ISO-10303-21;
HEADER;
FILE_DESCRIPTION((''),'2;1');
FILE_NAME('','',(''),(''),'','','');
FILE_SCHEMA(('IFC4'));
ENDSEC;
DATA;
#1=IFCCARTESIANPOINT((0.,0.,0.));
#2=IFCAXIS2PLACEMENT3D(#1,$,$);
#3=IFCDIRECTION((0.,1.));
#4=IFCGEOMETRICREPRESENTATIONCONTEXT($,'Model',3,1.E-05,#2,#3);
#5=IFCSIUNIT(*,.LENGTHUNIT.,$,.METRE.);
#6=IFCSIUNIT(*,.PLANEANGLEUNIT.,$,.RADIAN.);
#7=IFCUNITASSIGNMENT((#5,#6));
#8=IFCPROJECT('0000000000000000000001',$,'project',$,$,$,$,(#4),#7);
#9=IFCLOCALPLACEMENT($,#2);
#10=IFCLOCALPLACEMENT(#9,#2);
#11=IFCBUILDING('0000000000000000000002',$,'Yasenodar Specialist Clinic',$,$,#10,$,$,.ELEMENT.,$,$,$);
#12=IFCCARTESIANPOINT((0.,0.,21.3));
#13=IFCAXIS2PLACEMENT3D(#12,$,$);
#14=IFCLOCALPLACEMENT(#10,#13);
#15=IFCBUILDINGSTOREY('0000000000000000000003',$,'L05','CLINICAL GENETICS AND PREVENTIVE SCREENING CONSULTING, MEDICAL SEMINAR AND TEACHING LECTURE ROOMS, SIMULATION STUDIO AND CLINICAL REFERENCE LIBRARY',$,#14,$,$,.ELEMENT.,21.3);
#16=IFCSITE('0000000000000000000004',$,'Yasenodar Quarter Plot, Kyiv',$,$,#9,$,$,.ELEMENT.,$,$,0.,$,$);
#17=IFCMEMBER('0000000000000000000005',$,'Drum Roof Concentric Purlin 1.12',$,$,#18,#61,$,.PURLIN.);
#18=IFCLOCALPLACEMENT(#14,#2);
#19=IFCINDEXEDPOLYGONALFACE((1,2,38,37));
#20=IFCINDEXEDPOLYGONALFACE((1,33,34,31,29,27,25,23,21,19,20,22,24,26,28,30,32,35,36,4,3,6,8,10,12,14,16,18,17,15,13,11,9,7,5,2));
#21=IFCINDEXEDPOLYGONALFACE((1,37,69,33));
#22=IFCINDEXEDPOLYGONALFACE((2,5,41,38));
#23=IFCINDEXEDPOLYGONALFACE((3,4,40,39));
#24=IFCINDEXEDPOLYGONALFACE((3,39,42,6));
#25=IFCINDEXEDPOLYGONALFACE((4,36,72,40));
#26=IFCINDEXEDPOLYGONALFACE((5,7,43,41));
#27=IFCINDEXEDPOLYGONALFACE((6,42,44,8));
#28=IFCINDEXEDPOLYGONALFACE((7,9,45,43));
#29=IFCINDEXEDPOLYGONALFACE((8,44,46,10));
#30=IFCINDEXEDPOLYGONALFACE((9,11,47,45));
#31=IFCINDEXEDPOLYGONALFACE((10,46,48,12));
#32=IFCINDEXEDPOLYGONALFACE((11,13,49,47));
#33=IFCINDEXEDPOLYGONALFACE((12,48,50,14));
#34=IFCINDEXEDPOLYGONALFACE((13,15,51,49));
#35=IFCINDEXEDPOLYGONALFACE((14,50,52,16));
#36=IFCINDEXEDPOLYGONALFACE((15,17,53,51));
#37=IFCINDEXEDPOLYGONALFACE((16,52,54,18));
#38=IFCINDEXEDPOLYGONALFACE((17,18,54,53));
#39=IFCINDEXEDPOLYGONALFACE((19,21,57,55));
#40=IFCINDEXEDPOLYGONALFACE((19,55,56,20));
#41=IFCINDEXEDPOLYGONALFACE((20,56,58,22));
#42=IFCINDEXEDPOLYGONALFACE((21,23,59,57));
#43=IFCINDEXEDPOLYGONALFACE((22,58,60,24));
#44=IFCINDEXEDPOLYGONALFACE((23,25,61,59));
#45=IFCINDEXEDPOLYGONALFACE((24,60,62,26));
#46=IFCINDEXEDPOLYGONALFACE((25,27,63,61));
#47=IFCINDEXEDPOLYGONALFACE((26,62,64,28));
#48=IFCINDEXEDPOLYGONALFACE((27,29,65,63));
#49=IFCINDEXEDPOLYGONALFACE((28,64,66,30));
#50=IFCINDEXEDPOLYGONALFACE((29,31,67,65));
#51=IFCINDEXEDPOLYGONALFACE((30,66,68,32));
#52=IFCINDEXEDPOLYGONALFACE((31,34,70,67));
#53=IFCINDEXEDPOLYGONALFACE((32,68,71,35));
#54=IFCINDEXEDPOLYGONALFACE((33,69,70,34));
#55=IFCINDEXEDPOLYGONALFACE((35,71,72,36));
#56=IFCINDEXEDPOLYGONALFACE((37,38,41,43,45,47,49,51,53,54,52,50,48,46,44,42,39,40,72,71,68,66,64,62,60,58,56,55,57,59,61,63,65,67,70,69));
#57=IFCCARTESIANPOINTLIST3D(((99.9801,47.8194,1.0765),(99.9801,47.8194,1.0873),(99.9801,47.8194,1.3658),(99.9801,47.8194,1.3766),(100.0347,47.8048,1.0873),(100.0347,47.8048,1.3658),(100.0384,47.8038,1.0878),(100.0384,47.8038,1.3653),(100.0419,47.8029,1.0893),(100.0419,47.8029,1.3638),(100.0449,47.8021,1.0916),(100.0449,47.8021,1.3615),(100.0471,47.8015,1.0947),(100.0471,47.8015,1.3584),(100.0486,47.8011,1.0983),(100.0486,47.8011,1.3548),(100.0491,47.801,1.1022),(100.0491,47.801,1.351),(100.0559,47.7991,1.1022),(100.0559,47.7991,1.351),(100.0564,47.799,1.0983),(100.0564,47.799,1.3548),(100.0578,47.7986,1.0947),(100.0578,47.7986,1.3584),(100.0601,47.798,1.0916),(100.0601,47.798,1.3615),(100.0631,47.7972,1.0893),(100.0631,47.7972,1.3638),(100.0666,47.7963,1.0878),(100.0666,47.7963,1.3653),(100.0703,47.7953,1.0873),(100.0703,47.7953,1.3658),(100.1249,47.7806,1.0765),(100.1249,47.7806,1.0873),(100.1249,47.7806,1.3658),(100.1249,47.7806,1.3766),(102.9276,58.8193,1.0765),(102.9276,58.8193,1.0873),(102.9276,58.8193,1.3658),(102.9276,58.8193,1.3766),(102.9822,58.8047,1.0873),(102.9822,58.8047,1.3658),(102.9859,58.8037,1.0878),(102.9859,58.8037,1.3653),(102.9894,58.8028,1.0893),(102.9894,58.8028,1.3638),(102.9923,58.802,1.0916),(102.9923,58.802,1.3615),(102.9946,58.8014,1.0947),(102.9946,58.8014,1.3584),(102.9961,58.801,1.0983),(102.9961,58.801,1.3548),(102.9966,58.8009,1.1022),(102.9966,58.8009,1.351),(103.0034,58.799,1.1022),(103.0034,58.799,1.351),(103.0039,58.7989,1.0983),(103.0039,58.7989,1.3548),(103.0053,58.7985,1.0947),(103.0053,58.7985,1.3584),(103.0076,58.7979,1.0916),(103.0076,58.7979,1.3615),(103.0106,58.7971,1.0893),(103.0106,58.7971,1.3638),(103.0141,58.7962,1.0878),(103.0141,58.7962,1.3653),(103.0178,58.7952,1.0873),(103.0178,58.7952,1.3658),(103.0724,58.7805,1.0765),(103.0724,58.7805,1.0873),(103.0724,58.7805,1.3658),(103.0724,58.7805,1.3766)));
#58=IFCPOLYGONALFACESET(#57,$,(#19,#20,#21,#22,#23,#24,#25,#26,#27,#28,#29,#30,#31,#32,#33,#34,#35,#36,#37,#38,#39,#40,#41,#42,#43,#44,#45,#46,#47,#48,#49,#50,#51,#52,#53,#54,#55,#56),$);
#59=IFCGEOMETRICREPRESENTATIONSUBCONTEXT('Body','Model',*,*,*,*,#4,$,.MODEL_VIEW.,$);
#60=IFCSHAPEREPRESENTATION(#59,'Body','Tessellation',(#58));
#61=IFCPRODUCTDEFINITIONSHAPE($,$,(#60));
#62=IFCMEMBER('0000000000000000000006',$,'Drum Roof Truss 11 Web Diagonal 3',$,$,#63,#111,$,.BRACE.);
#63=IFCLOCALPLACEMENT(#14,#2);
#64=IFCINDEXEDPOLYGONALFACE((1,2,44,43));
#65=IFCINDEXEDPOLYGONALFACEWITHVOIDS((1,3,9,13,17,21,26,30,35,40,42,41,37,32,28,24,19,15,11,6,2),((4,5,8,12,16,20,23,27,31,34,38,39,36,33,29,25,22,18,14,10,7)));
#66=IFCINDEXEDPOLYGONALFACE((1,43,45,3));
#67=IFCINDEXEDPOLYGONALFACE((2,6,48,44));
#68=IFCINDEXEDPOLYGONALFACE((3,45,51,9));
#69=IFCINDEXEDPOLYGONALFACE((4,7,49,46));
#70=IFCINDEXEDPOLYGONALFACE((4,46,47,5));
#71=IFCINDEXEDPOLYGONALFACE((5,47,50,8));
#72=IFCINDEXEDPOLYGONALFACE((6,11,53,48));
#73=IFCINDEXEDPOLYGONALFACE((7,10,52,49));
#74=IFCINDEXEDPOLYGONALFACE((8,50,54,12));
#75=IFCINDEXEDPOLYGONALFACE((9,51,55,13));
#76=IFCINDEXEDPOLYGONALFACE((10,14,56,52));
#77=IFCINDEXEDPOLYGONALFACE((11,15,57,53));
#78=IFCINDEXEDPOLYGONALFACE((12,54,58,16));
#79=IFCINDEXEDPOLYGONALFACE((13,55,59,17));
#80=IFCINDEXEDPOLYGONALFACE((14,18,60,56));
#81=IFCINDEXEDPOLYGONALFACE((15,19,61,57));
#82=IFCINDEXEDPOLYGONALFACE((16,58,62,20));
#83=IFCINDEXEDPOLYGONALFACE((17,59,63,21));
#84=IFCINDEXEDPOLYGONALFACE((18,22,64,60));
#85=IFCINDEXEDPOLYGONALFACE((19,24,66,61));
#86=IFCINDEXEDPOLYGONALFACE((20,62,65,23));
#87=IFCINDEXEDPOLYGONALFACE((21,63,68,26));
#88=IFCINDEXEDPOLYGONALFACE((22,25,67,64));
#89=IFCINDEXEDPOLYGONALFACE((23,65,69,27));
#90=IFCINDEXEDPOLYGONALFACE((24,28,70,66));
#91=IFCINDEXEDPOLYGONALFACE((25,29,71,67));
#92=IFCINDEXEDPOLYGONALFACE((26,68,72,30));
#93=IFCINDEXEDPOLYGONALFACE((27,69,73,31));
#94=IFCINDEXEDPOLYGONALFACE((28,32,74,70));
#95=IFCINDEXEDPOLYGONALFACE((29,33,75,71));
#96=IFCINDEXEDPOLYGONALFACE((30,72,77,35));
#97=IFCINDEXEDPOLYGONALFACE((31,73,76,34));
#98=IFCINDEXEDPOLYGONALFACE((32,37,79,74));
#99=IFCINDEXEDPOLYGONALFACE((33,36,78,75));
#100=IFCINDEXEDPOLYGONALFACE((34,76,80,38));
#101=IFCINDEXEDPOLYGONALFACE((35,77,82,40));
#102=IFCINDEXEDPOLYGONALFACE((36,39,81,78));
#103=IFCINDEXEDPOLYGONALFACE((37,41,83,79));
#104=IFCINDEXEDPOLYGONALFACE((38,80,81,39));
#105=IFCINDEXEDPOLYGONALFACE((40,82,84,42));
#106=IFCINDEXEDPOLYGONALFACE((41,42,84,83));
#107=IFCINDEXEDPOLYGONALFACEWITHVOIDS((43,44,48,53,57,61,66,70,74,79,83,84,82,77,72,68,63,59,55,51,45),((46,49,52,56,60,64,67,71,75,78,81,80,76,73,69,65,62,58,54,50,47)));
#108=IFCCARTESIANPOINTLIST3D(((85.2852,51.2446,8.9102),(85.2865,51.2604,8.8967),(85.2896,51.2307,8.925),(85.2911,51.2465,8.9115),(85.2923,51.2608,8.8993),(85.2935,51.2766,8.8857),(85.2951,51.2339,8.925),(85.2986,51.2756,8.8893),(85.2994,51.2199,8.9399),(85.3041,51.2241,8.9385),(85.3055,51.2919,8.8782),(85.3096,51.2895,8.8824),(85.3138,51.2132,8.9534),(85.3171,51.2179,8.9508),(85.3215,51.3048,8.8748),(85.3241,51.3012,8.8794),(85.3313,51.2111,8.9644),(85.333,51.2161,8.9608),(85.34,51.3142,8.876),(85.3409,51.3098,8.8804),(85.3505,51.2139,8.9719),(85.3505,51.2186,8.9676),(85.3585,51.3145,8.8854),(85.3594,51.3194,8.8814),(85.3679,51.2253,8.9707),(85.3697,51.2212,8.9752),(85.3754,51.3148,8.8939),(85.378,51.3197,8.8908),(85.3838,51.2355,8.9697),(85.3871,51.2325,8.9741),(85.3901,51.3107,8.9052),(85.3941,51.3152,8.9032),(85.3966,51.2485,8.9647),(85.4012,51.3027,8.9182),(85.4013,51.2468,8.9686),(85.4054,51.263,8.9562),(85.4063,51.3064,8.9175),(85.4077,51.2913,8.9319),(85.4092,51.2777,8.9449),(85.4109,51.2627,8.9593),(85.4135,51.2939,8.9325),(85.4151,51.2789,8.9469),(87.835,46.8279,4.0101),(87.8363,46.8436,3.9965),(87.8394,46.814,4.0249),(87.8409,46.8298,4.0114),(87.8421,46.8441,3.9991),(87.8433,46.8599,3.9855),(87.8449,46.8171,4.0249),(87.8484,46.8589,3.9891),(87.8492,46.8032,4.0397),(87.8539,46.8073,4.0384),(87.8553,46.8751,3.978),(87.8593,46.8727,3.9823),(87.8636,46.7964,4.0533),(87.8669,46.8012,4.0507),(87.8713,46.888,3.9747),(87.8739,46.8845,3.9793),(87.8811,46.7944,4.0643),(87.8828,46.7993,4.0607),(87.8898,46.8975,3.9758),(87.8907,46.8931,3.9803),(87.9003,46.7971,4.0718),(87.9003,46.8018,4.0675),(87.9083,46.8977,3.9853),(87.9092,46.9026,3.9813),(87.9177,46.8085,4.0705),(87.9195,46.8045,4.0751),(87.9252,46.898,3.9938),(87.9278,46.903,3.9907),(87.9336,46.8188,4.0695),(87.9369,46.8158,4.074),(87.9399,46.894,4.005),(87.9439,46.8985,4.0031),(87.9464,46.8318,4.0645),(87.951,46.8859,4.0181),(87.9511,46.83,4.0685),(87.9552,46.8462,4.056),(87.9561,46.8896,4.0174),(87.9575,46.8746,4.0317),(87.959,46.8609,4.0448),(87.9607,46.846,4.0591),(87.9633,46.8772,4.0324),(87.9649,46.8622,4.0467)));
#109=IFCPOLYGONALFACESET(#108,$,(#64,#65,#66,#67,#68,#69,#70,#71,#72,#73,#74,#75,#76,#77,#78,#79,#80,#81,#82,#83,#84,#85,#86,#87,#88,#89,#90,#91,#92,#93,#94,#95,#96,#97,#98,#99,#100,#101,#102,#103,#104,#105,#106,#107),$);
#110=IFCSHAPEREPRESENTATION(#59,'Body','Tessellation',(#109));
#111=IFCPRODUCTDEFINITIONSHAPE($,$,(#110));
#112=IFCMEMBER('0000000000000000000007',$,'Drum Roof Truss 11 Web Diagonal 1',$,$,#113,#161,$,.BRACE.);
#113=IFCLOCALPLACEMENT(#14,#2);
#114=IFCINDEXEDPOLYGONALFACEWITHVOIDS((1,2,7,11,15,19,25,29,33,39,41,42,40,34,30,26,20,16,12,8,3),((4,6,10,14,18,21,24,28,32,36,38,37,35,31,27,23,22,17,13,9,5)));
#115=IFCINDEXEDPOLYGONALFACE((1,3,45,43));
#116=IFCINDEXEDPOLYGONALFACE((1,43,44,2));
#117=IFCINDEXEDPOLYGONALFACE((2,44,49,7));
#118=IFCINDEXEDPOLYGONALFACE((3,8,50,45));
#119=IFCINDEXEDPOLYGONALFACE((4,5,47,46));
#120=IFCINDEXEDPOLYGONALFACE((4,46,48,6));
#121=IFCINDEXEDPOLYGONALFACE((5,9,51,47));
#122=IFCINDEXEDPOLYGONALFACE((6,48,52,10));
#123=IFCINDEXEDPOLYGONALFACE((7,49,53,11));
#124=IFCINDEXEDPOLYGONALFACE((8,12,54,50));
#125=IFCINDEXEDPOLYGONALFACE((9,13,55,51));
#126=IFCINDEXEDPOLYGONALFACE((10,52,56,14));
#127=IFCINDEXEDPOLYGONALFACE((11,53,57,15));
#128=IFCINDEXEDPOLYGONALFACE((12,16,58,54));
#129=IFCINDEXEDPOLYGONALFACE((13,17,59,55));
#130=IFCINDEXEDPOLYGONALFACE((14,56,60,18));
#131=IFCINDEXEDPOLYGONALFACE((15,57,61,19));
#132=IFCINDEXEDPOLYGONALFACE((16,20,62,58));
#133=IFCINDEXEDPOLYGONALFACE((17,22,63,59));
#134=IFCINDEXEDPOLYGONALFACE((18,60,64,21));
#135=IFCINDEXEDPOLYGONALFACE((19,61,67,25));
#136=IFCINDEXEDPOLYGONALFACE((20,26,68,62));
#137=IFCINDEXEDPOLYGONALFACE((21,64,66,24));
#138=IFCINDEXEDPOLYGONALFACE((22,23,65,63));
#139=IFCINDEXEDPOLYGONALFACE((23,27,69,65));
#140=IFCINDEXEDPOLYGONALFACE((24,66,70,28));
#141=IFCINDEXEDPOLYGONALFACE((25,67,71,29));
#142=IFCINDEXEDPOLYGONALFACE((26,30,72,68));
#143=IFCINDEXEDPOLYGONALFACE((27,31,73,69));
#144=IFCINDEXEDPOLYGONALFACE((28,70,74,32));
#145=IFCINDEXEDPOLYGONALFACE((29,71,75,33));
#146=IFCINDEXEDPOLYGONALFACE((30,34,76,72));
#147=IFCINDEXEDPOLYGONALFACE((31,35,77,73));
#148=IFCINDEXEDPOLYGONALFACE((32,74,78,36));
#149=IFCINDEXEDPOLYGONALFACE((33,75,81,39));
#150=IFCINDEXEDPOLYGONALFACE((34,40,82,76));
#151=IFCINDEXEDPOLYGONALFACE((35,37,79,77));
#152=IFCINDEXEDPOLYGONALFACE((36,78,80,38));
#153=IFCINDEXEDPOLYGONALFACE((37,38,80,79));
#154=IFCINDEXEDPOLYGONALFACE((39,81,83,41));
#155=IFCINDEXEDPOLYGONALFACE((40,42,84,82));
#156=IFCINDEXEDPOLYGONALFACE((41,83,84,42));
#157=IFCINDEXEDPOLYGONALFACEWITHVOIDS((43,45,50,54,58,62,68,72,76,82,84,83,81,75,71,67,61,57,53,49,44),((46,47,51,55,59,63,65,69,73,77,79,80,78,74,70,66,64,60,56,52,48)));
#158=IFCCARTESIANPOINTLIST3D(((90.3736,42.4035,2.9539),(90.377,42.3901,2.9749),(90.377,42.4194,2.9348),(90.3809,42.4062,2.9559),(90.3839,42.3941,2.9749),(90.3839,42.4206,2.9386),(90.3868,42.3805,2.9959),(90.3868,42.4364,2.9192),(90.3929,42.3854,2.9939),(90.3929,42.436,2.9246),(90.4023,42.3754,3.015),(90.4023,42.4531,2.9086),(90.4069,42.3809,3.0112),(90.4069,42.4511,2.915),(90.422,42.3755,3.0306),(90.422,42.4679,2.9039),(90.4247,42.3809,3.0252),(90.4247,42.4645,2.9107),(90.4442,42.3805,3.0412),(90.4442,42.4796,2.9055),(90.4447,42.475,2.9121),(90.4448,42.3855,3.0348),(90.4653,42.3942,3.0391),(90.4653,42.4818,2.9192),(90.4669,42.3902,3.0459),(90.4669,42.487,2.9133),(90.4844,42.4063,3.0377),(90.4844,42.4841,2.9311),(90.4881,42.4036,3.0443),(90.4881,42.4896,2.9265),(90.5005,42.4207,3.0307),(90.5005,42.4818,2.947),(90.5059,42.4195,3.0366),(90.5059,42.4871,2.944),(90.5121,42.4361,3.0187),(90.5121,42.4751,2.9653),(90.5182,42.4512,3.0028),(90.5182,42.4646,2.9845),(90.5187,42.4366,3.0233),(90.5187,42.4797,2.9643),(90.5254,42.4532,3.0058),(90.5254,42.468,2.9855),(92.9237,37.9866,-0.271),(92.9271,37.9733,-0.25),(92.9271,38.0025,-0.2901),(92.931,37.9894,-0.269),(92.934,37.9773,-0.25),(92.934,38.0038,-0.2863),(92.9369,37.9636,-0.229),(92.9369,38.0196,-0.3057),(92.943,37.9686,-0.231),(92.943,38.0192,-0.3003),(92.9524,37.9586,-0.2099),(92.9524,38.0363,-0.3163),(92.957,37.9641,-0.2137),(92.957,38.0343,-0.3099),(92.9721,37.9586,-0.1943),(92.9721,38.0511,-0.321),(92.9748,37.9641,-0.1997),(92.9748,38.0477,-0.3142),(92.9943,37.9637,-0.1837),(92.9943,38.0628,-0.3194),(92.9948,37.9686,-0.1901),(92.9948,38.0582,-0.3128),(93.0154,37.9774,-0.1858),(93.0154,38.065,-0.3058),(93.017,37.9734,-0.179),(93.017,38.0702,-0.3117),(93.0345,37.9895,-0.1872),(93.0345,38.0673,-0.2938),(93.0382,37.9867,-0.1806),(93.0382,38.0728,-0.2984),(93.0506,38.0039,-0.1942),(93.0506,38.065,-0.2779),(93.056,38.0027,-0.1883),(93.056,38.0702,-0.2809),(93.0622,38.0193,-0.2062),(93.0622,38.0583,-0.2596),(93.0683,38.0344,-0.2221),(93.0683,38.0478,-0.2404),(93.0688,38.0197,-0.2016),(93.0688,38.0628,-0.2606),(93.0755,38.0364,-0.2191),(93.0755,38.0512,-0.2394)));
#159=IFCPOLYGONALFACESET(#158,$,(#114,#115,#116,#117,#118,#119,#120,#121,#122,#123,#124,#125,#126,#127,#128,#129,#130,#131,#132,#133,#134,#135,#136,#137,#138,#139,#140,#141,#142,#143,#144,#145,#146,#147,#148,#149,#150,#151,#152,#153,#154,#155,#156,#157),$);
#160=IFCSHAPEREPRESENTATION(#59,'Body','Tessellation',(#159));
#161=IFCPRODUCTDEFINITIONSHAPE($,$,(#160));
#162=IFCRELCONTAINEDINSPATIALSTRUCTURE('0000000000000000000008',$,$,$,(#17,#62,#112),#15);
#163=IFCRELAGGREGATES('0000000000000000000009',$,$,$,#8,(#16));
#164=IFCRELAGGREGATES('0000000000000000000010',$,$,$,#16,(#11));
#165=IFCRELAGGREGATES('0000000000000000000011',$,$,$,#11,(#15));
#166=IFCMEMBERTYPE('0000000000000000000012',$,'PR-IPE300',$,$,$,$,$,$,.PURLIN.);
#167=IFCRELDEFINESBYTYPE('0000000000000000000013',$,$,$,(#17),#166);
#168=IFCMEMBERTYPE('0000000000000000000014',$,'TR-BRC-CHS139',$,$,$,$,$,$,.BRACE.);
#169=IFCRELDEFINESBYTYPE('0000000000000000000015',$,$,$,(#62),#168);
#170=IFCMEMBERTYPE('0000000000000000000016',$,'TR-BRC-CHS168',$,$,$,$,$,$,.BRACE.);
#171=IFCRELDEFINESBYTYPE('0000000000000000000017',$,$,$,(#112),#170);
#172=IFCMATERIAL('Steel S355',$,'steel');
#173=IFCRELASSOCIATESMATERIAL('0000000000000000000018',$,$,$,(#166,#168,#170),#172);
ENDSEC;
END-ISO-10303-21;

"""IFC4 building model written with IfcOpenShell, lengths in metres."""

from ifc_helpers import new_model, si_unit, direction, frame, origin, origin_2d, place, context, subcontext, project, spatial, hollow_circle, i_section, extrude, material, material_profile, profile_set, type_object, element, save


model = new_model("IFC4")

# Units and contexts
model_context = context("Model", 3, precision=1e-05, world=origin(), true_north=direction((0.0, 1.0)))
body_context = subcontext(model_context, "Body", "Model", "MODEL_VIEW")
ifc_project = project(units=[si_unit("LENGTHUNIT", "METRE"), si_unit("PLANEANGLEUNIT", "RADIAN")], contexts=[model_context])

# Site, building, storey
site_placement = place(None, origin())
site = spatial("IfcSite", under=ifc_project, at=site_placement, Name="Yasenodar Quarter Plot, Kyiv", CompositionType="ELEMENT", RefElevation=0.0)
building_placement = place(site_placement, origin())
building = spatial("IfcBuilding", under=site, at=building_placement, Name="Yasenodar Specialist Clinic", CompositionType="ELEMENT")
storey_placement = place(building_placement, frame((0.0, 0.0, 21.3)))
storey = spatial("IfcBuildingStorey", under=building, at=storey_placement, Name="L05", Description="CLINICAL GENETICS AND PREVENTIVE SCREENING CONSULTING, MEDICAL SEMINAR AND TEACHING LECTURE ROOMS, SIMULATION STUDIO AND CLINICAL REFERENCE LIBRARY", CompositionType="ELEMENT", Elevation=21.3)

# Members
ifc_material = material(Name="Steel S355", Category="steel")
ifc_material_profile_1 = material_profile(ifc_material, i_section(OverallWidth=0.1499, OverallDepth=0.3, WebThickness=0.0071, FlangeThickness=0.0107, FilletRadius=0.0149, at=origin_2d()), Name="IPE 300")
ifc_profile_set_1 = profile_set([ifc_material_profile_1], Name="Steel S355")
member_type_1 = type_object("IfcMemberType", Name="PR-IPE300", PredefinedType="PURLIN", material=ifc_profile_set_1)
member_1_placement = place(storey_placement, frame((100.0525, 47.8, 1.2266), z_axis=(0.258825, 0.965924, 0.0), x_axis=(-0.965924, 0.258825, 0.0)))
element("IfcMember", 1, at=member_1_placement, inside=storey, type_object=member_type_1, Name="Drum Roof Concentric Purlin 1.12", PredefinedType="PURLIN", context=body_context, shape_type="SweptSolid", body=[
    extrude(i_section(OverallWidth=0.1499, OverallDepth=0.3, WebThickness=0.0071, FlangeThickness=0.0107, FilletRadius=0.0149, at=origin_2d()), origin(), (0.0, 0.0, 1.0), 11.3879),
])
ifc_material_profile_2 = material_profile(ifc_material, hollow_circle(Radius=0.0698, WallThickness=0.0063, at=origin_2d()), Name="CHS 139.7x6.3")
ifc_profile_set_2 = profile_set([ifc_material_profile_2], Name="Steel S355")
member_type_2 = type_object("IfcMemberType", Name="TR-BRC-CHS139", PredefinedType="BRACE", material=ifc_profile_set_2)
member_2_placement = place(storey_placement, frame((87.8999, 46.8489, 4.0249), z_axis=(-0.360523, 0.624494, 0.692843), x_axis=(-0.866043, -0.49997, 0.0)))
element("IfcMember", 2, at=member_2_placement, inside=storey, type_object=member_type_2, Name="Drum Roof Truss 11 Web Diagonal 3", PredefinedType="BRACE", context=body_context, shape_type="SweptSolid", body=[
    extrude(hollow_circle(Radius=0.0698, WallThickness=0.0063, at=origin_2d()), origin(), (0.0, 0.0, 1.0), 7.0725),
])
ifc_material_profile_3 = material_profile(ifc_material, hollow_circle(Radius=0.0842, WallThickness=0.0081, at=origin_2d()), Name="CHS 168.3x8")
ifc_profile_set_3 = profile_set([ifc_material_profile_3], Name="Steel S355")
member_type_3 = type_object("IfcMemberType", Name="TR-BRC-CHS168", PredefinedType="BRACE", material=ifc_profile_set_3)
member_3_placement = place(storey_placement, frame((93.0, 38.0154, -0.25), z_axis=(-0.422608, 0.731967, 0.53444), x_axis=(-0.866022, -0.500006, 0.0)))
element("IfcMember", 3, at=member_3_placement, inside=storey, type_object=member_type_3, Name="Drum Roof Truss 11 Web Diagonal 1", PredefinedType="BRACE", context=body_context, shape_type="SweptSolid", body=[
    extrude(hollow_circle(Radius=0.0842, WallThickness=0.0081, at=origin_2d()), origin(), (0.0, 0.0, 1.0), 6.0342),
])

save(model, "model.ifc")
